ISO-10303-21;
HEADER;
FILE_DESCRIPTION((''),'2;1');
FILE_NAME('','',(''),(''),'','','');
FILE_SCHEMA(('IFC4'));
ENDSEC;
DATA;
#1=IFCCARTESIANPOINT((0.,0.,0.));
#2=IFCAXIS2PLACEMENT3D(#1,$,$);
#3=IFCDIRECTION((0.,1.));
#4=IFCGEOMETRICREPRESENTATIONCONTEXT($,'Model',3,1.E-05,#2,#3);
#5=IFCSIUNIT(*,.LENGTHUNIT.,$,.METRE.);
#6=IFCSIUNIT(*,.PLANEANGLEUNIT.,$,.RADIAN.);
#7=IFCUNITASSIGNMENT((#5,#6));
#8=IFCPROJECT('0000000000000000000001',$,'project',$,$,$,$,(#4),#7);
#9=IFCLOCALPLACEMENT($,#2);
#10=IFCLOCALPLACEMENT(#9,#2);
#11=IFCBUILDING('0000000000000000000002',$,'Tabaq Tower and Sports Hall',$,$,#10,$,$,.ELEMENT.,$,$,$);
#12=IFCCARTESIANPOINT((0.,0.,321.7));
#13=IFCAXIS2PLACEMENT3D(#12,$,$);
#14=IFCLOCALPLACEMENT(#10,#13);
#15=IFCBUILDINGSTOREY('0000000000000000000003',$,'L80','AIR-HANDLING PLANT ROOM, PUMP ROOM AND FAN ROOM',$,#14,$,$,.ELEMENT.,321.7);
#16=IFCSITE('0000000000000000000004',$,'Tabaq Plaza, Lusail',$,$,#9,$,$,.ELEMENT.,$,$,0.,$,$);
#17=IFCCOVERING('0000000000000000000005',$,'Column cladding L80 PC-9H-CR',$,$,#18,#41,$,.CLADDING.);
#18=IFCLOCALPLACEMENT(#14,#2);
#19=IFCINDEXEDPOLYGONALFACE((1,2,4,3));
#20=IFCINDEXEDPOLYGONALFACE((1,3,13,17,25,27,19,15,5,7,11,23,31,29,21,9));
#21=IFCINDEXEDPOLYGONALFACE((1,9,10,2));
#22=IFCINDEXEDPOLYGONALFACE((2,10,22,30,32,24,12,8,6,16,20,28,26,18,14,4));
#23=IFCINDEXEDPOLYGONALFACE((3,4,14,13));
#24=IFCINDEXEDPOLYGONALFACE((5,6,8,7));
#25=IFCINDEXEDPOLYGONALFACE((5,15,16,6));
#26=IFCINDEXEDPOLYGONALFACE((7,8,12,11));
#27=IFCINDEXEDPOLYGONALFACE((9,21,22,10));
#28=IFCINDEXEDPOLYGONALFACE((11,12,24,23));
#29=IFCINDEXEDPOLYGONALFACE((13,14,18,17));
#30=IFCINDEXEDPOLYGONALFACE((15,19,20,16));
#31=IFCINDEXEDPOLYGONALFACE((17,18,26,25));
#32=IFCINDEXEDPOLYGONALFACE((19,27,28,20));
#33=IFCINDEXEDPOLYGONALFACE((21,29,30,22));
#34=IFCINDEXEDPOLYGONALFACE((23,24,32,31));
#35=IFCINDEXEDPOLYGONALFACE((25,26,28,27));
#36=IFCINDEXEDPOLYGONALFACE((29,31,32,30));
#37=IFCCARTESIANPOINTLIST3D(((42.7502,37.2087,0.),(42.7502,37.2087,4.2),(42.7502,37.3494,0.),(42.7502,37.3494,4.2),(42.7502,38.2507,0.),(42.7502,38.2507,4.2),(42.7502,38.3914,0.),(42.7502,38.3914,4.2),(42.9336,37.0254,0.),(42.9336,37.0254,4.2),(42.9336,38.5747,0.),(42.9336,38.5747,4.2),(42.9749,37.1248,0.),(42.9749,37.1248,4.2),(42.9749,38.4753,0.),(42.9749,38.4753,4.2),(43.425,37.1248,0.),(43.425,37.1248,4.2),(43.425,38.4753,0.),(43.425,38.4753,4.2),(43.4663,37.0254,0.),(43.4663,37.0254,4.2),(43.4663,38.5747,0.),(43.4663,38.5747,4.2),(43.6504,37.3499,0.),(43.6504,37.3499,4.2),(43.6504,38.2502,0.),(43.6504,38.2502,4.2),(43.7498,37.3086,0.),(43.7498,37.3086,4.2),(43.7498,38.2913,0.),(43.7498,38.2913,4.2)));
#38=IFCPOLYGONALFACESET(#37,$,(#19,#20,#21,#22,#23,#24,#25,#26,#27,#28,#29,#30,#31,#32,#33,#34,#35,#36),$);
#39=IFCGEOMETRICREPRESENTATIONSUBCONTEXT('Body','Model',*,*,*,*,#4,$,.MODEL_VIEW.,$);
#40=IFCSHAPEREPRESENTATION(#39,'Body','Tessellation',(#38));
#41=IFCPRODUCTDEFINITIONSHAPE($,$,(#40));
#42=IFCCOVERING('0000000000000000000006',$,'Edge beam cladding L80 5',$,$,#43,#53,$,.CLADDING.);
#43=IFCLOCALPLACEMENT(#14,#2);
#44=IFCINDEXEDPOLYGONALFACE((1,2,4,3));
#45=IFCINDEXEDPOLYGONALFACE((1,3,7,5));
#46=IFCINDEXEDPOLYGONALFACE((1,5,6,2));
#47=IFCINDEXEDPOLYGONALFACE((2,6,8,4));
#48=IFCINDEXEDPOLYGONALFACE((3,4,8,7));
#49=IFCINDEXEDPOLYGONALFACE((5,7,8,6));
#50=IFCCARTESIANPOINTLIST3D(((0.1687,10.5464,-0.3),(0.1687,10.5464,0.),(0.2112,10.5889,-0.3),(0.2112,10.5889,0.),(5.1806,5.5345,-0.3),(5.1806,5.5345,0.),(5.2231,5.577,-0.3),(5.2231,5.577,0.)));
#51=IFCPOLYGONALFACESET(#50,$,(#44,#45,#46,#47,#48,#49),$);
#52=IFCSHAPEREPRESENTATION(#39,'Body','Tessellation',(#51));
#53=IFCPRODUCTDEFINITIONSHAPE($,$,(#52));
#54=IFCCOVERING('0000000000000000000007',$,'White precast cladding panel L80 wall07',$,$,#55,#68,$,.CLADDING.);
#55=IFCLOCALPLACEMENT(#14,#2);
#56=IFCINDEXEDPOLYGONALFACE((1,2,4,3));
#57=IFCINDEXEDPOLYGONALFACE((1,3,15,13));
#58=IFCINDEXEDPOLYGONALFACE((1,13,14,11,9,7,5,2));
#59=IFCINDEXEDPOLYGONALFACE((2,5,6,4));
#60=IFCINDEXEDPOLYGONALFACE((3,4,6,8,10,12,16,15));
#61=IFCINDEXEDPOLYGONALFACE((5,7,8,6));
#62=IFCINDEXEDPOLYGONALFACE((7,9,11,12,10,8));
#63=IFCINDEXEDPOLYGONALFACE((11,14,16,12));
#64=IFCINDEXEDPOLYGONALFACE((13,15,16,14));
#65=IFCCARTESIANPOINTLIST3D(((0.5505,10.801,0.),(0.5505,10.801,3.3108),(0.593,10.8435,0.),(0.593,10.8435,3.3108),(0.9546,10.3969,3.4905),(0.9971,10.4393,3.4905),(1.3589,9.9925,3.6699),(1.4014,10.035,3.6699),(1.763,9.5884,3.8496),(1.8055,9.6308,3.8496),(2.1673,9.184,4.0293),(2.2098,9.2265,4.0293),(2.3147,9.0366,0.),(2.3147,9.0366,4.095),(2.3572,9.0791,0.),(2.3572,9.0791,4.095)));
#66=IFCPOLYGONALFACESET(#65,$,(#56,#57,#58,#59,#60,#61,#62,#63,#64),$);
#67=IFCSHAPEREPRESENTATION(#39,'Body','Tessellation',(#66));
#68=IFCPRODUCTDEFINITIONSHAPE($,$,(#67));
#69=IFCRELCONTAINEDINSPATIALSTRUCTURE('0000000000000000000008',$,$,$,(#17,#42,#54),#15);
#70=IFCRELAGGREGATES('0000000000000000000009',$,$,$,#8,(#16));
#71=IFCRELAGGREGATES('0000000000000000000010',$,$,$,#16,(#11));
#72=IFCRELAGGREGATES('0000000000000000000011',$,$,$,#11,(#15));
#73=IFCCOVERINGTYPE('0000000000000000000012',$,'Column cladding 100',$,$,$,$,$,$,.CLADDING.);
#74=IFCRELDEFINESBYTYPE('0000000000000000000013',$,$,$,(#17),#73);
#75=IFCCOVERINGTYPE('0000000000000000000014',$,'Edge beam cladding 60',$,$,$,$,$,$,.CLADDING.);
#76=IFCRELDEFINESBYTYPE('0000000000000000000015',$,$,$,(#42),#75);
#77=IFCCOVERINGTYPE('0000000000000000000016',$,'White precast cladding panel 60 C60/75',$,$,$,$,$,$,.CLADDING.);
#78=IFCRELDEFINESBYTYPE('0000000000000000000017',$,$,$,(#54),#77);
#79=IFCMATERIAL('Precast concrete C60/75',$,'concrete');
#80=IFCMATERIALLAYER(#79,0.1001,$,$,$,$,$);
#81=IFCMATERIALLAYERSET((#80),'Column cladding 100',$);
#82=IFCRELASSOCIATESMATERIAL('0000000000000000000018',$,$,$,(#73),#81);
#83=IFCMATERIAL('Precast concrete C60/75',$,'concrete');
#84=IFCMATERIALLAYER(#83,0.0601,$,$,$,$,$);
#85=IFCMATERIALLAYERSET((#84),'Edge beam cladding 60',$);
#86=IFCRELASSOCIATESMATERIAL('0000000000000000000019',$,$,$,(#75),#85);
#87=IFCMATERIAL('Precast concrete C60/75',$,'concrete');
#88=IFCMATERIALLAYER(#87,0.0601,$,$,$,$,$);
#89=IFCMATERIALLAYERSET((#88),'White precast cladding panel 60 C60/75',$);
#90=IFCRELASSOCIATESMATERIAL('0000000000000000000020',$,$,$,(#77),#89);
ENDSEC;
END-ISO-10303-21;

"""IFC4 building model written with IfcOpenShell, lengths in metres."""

from ifc_helpers import new_model, si_unit, direction, frame, frame_2d, origin, place, context, subcontext, project, spatial, polyline, rectangle, outline, extrude, material, layer, layer_set, type_object, element, save


model = new_model("IFC4")

# Units and contexts
model_context = context("Model", 3, precision=1e-05, world=origin(), true_north=direction((0.0, 1.0)))
body_context = subcontext(model_context, "Body", "Model", "MODEL_VIEW")
ifc_project = project(units=[si_unit("LENGTHUNIT", "METRE"), si_unit("PLANEANGLEUNIT", "RADIAN")], contexts=[model_context])

# Site, building, storey
site_placement = place(None, origin())
site = spatial("IfcSite", under=ifc_project, at=site_placement, Name="Tabaq Plaza, Lusail", CompositionType="ELEMENT", RefElevation=0.0)
building_placement = place(site_placement, origin())
building = spatial("IfcBuilding", under=site, at=building_placement, Name="Tabaq Tower and Sports Hall", CompositionType="ELEMENT")
storey_placement = place(building_placement, frame((0.0, 0.0, 321.7)))
storey = spatial("IfcBuildingStorey", under=building, at=storey_placement, Name="L80", Description="AIR-HANDLING PLANT ROOM, PUMP ROOM AND FAN ROOM", CompositionType="ELEMENT", Elevation=321.7)

# Coverings
ifc_material_1 = material(Name="Precast concrete C60/75", Category="concrete")
ifc_layer_1 = layer(ifc_material_1, 0.1001)
ifc_layer_set_1 = layer_set([ifc_layer_1], Name="Column cladding 100")
covering_type_1 = type_object("IfcCoveringType", Name="Column cladding 100", PredefinedType="CLADDING", material=ifc_layer_set_1)
covering_1_placement = place(storey_placement, origin())
element("IfcCovering", 1, at=covering_1_placement, inside=storey, type_object=covering_type_1, Name="Column cladding L80 PC-9H-CR", PredefinedType="CLADDING", context=body_context, shape_type="SweptSolid", body=[
    extrude(outline(polyline([(42.9336, 37.0254), (42.7502, 37.2087), (42.7502, 37.3494), (42.9749, 37.1248), (43.425, 37.1248), (43.6504, 37.3499), (43.6504, 38.2502), (43.425, 38.4753), (42.9749, 38.4753), (42.7502, 38.2507), (42.7502, 38.3914), (42.9336, 38.5747), (43.4663, 38.5747), (43.7498, 38.2913), (43.7498, 37.3086), (43.4663, 37.0254), (42.9336, 37.0254)])), origin(), (0.0, 0.0, 1.0), 4.2),
])
ifc_material_2 = material(Name="Precast concrete C60/75", Category="concrete")
ifc_layer_2 = layer(ifc_material_2, 0.0601)
ifc_layer_set_2 = layer_set([ifc_layer_2], Name="Edge beam cladding 60")
covering_type_2 = type_object("IfcCoveringType", Name="Edge beam cladding 60", PredefinedType="CLADDING", material=ifc_layer_set_2)
covering_2_placement = place(storey_placement, frame((0.1899, 10.5676, -0.3), z_axis=(0.0, 0.0, 1.0), x_axis=(0.707107, -0.707107, 0.0)))
element("IfcCovering", 2, at=covering_2_placement, inside=storey, type_object=covering_type_2, Name="Edge beam cladding L80 5", PredefinedType="CLADDING", context=body_context, shape_type="SweptSolid", body=[
    extrude(rectangle(XDim=7.0879, YDim=0.0601, at=frame_2d((3.5439, 0.0))), origin(), (0.0, 0.0, 1.0), 0.3),
])
ifc_material_3 = material(Name="Precast concrete C60/75", Category="concrete")
ifc_layer_3 = layer(ifc_material_3, 0.0601)
ifc_layer_set_3 = layer_set([ifc_layer_3], Name="White precast cladding panel 60 C60/75")
covering_type_3 = type_object("IfcCoveringType", Name="White precast cladding panel 60 C60/75", PredefinedType="CLADDING", material=ifc_layer_set_3)
covering_3_placement = place(storey_placement, frame((0.5718, 10.8223, 0.0), z_axis=(0.0, 0.0, 1.0), x_axis=(0.707058, -0.707156, 0.0)))
element("IfcCovering", 3, at=covering_3_placement, inside=storey, type_object=covering_type_3, Name="White precast cladding panel L80 wall07", PredefinedType="CLADDING", context=body_context, shape_type="SweptSolid", body=[
    extrude(outline(polyline([(0.0, 0.0), (2.4951, 0.0), (2.4951, 4.095), (2.2866, 4.0293), (1.7148, 3.8496), (1.1433, 3.6699), (0.5715, 3.4905), (0.0, 3.3108), (0.0, 0.0)])), frame((0.0, 0.03, 0.0), z_axis=(0.0, -1.0, 0.0), x_axis=(1.0, 0.0, 0.0)), (0.0, 0.0, 1.0), 0.0601),
])

save(model, "model.ifc")
